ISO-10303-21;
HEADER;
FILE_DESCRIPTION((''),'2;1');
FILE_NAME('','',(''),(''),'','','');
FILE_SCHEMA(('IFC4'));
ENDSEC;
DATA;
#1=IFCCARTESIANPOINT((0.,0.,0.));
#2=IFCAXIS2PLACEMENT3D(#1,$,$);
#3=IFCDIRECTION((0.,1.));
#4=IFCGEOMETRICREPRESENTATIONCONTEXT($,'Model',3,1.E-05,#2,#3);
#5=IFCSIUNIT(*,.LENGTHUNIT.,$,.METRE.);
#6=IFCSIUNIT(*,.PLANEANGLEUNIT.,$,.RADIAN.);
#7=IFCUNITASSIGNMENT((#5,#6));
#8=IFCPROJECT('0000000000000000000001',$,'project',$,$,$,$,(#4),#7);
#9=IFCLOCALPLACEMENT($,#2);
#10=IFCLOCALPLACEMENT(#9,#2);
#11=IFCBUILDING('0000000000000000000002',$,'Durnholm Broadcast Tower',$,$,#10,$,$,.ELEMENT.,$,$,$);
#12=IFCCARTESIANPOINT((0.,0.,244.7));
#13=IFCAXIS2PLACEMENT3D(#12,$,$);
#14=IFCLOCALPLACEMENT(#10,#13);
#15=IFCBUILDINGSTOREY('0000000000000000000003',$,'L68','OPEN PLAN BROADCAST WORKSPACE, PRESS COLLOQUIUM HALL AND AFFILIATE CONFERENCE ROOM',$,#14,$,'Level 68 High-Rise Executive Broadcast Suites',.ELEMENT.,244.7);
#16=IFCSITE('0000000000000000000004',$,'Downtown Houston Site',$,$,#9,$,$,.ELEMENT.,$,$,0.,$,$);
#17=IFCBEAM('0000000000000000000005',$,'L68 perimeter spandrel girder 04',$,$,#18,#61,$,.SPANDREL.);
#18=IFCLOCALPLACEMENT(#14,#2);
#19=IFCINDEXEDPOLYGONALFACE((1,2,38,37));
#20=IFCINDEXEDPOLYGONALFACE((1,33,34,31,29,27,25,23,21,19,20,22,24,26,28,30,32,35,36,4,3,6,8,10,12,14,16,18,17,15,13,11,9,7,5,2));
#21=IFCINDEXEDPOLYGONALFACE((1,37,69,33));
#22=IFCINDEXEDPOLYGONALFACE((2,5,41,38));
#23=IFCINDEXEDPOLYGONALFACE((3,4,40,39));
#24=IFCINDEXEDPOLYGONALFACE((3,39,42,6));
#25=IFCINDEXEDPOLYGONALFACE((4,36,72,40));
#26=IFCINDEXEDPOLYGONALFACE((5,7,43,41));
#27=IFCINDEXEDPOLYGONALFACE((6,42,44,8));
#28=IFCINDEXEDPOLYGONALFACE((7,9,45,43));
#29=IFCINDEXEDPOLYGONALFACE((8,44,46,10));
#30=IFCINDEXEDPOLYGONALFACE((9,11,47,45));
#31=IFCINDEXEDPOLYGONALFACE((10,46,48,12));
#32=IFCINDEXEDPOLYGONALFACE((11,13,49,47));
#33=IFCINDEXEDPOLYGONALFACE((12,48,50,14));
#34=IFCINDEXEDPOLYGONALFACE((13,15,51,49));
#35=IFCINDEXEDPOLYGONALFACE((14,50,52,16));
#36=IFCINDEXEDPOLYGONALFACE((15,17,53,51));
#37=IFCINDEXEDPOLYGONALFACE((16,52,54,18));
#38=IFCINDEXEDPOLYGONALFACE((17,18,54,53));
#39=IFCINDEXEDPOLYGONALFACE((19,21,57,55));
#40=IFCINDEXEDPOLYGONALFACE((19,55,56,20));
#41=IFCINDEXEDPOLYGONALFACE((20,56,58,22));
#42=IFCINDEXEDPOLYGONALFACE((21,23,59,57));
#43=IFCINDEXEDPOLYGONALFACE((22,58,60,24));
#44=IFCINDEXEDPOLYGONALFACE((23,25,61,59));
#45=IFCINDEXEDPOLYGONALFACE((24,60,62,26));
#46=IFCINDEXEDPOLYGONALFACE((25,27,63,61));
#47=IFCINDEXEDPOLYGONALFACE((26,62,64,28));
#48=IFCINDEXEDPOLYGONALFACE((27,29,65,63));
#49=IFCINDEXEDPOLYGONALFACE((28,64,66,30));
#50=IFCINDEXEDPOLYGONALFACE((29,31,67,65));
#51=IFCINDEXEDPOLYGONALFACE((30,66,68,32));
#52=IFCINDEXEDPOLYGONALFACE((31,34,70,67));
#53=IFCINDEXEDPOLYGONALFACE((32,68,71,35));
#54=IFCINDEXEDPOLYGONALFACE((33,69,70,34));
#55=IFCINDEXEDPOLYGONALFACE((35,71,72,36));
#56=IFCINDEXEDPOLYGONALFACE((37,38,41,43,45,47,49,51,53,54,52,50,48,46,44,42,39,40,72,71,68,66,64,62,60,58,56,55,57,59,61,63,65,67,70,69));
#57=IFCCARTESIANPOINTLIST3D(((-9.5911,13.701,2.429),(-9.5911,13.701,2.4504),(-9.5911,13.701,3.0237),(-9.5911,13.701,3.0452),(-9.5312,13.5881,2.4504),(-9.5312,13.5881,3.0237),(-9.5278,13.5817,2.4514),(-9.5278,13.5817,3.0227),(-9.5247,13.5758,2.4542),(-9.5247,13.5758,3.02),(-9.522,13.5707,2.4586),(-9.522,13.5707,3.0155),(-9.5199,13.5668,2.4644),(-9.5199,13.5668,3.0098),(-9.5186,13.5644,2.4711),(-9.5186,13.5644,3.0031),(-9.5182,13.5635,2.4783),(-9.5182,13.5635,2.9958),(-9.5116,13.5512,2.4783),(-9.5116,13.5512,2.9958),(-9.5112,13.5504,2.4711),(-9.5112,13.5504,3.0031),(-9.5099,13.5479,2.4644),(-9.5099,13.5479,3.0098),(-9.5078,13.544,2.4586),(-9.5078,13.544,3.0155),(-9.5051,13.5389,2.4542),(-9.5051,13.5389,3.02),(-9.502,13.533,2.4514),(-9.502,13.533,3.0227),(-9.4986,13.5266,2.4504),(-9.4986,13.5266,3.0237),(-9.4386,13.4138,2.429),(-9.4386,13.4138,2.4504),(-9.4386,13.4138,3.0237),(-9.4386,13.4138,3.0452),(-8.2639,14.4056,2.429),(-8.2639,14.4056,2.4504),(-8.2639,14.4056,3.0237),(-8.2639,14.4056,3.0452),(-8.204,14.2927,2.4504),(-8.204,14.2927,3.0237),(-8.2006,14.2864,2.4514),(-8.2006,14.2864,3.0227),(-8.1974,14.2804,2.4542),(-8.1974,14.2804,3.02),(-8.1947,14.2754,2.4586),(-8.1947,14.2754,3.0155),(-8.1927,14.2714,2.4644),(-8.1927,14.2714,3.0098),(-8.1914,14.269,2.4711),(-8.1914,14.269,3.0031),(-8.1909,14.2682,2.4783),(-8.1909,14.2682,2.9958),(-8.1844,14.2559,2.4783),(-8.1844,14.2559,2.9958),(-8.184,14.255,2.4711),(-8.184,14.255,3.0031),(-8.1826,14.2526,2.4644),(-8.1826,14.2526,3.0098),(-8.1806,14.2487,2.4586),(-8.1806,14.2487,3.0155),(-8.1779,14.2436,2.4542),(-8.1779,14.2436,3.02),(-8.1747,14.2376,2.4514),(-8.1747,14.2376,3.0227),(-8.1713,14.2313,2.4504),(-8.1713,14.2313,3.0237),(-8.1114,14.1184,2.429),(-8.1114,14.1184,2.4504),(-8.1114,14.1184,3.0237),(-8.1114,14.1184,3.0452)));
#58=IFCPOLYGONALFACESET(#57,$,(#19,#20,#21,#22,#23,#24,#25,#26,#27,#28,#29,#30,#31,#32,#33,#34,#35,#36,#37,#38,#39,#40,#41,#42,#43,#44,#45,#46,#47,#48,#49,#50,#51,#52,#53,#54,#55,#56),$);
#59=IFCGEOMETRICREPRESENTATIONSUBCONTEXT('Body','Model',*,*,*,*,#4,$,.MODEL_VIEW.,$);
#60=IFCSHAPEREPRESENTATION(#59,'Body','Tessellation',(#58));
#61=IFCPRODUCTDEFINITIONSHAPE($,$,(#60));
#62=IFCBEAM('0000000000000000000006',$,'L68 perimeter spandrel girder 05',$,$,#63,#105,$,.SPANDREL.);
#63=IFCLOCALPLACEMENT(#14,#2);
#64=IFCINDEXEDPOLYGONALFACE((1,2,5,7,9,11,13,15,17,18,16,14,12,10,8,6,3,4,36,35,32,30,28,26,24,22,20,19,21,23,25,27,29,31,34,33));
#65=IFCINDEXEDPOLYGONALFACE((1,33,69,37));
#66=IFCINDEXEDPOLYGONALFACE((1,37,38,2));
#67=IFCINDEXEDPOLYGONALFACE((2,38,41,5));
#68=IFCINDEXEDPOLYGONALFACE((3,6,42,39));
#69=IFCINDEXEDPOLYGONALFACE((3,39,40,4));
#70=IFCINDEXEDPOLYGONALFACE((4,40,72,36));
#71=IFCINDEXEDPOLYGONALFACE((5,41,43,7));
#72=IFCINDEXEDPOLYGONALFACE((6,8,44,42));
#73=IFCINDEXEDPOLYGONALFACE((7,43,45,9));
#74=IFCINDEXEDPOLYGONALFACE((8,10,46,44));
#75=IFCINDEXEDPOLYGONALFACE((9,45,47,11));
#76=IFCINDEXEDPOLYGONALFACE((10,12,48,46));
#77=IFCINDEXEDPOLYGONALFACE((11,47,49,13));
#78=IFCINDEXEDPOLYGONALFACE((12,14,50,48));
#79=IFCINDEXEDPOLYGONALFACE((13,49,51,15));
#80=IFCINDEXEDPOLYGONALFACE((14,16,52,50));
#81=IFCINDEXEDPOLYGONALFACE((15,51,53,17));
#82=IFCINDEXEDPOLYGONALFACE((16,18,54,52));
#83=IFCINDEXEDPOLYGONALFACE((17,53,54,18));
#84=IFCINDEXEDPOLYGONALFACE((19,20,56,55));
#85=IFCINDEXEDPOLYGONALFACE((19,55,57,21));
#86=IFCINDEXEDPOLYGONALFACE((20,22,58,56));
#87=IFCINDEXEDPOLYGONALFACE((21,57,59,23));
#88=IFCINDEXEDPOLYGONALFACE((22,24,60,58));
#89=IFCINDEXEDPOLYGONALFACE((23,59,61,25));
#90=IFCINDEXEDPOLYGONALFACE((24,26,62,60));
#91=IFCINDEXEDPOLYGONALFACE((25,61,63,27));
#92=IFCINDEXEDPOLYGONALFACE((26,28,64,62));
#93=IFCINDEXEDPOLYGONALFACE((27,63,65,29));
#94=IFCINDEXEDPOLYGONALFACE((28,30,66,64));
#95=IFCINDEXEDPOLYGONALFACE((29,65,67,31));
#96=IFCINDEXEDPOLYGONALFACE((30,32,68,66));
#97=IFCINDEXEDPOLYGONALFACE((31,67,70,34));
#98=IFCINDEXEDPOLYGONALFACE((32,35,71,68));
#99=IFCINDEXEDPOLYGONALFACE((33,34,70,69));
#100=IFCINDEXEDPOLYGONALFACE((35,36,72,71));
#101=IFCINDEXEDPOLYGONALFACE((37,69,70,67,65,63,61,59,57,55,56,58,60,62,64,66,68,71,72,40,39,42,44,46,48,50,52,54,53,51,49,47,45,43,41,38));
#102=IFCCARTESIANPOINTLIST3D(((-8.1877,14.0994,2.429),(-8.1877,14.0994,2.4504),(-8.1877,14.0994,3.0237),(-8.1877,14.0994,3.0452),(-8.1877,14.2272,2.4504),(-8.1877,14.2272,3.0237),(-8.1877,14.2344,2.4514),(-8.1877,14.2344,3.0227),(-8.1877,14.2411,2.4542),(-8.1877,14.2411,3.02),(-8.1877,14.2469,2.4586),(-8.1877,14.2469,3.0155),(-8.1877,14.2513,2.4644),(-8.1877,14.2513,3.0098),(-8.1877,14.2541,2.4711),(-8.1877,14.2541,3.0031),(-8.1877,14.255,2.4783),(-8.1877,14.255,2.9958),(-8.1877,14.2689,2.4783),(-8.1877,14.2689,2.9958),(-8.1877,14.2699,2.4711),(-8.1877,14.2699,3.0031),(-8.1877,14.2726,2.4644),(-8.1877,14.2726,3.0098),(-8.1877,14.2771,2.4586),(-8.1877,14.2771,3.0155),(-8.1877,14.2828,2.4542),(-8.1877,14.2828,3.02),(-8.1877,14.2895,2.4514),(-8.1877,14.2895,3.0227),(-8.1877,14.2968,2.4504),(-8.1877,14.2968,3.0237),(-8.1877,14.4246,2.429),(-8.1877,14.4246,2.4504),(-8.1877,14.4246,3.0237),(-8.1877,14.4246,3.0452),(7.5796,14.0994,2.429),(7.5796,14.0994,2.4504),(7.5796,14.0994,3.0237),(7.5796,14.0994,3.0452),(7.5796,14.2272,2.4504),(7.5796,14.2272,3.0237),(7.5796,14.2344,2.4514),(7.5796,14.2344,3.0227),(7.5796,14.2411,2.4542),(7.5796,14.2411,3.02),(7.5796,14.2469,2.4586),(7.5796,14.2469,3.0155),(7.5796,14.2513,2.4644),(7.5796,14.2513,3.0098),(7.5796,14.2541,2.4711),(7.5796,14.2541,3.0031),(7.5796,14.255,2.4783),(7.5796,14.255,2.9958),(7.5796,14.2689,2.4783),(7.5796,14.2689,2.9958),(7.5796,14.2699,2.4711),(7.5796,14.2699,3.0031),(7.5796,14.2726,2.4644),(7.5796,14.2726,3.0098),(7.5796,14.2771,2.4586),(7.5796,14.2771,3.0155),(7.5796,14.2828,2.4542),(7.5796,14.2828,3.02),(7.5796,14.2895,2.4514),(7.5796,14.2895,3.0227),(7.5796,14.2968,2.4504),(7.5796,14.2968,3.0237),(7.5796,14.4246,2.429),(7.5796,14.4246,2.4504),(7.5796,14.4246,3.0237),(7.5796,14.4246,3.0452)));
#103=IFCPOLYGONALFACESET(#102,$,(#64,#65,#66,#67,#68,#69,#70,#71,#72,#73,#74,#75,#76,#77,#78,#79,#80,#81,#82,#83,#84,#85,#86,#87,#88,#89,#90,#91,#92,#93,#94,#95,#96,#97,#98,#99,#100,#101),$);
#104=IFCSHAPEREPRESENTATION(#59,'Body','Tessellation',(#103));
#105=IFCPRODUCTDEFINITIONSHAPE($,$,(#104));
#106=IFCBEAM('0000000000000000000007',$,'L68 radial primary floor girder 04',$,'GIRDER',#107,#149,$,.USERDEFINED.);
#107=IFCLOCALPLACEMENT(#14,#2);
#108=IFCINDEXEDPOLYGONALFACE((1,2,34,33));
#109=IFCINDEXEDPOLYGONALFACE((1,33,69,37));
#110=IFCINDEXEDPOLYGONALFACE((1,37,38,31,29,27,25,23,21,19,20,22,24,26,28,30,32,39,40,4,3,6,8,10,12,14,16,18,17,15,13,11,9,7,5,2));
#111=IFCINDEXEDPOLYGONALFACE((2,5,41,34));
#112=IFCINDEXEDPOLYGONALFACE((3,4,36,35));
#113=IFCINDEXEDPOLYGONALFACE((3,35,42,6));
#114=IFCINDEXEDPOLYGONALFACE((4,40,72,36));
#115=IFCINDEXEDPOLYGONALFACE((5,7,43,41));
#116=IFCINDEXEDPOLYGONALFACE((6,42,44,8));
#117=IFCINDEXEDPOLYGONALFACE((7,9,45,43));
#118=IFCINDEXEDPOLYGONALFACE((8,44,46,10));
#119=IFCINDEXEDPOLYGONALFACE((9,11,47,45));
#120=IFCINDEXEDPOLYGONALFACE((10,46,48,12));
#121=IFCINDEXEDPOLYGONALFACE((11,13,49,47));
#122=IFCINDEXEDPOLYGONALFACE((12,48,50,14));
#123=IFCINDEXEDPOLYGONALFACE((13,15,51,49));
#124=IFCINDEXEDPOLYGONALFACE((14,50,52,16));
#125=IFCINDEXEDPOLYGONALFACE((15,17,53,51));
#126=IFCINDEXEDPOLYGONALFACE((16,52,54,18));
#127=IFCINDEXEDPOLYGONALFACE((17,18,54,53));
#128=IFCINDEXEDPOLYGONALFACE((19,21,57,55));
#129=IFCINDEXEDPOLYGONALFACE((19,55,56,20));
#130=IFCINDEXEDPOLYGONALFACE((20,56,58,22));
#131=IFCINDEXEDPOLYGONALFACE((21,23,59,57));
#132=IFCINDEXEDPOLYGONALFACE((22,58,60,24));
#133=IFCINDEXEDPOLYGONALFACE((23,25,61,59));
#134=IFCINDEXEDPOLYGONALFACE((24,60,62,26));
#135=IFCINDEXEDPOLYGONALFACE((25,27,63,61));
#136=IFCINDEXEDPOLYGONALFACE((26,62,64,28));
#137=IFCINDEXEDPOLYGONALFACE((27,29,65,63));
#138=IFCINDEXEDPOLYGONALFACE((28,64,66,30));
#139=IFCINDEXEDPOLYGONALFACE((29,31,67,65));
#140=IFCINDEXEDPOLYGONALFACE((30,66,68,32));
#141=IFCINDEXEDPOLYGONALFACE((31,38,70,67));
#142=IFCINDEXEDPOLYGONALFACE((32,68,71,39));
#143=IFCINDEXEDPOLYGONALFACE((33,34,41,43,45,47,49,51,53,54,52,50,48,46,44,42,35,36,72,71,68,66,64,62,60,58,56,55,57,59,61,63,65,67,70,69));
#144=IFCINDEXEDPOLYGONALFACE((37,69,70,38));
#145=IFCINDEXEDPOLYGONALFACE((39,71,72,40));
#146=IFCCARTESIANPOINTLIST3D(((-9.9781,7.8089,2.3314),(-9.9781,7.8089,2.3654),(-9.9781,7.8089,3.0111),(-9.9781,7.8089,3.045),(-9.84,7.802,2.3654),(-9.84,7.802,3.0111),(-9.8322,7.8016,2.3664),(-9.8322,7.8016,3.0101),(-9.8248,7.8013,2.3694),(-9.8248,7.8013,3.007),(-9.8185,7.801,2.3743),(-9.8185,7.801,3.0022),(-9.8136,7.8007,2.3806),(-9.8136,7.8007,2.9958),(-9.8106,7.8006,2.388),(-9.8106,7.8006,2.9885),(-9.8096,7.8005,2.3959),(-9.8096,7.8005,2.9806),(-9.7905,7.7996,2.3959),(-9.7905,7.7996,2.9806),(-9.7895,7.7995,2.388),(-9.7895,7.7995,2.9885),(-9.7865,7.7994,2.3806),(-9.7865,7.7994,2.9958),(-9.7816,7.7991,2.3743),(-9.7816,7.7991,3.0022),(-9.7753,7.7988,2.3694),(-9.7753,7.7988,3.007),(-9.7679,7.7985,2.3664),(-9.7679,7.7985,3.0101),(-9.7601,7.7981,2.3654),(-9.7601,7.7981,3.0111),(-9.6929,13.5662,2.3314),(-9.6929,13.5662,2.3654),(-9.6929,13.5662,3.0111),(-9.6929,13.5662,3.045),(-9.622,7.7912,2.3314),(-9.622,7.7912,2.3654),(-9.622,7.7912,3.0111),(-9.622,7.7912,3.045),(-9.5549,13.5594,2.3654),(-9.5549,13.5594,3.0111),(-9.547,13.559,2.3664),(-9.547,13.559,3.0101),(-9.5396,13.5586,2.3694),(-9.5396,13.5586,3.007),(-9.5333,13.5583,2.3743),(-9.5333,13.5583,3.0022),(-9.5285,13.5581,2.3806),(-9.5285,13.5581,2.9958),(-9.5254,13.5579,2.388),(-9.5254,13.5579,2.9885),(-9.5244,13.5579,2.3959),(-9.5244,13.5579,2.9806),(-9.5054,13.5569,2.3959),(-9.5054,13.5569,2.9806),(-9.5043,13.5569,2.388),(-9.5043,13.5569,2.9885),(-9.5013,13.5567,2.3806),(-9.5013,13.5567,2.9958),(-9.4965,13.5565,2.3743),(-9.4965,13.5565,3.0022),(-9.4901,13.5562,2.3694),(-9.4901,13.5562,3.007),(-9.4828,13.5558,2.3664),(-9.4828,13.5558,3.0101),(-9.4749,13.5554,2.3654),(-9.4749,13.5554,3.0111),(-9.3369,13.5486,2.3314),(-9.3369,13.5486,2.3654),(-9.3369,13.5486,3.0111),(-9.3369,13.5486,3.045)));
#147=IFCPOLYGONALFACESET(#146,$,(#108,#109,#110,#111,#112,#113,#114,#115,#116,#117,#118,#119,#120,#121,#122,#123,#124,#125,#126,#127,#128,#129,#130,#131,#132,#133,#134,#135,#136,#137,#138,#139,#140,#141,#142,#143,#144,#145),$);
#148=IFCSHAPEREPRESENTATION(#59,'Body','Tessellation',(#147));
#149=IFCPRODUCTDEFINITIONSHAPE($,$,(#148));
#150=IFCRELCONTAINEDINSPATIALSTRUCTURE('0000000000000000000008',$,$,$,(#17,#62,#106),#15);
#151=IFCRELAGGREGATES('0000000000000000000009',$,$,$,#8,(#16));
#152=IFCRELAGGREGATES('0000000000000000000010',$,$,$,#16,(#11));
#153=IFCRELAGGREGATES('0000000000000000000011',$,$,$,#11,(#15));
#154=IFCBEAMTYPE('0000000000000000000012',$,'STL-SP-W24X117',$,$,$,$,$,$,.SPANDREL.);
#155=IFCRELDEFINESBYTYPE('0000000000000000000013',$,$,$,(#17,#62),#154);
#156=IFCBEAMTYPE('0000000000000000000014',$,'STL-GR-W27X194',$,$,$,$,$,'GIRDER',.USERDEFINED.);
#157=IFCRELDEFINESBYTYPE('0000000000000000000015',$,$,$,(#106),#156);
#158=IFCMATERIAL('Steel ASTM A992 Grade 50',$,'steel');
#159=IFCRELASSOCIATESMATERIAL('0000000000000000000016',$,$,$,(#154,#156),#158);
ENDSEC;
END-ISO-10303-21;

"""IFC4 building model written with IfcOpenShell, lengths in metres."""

from ifc_helpers import new_model, si_unit, direction, frame, origin, origin_2d, place, context, subcontext, project, spatial, i_section, extrude, source, transform, mapped, material, material_profile, profile_set, type_object, type_shapes, element, save


model = new_model("IFC4")

# Units and contexts
model_context = context("Model", 3, precision=1e-05, world=origin(), true_north=direction((0.0, 1.0)))
body_context = subcontext(model_context, "Body", "Model", "MODEL_VIEW")
ifc_project = project(units=[si_unit("LENGTHUNIT", "METRE"), si_unit("PLANEANGLEUNIT", "RADIAN")], contexts=[model_context])

# Site, building, storey
site_placement = place(None, origin())
site = spatial("IfcSite", under=ifc_project, at=site_placement, Name="Downtown Houston Site", CompositionType="ELEMENT", RefElevation=0.0)
building_placement = place(site_placement, origin())
building = spatial("IfcBuilding", under=site, at=building_placement, Name="Durnholm Broadcast Tower", CompositionType="ELEMENT")
storey_placement = place(building_placement, frame((0.0, 0.0, 244.7)))
storey = spatial("IfcBuildingStorey", under=building, at=storey_placement, Name="L68", Description="OPEN PLAN BROADCAST WORKSPACE, PRESS COLLOQUIUM HALL AND AFFILIATE CONFERENCE ROOM", LongName="Level 68 High-Rise Executive Broadcast Suites", CompositionType="ELEMENT", Elevation=244.7)

# Beams
ifc_material_1 = material(Name="Steel ASTM A992 Grade 50", Category="steel")
ifc_material_profile_1 = material_profile(ifc_material_1, i_section(OverallWidth=0.3252, OverallDepth=0.6162, WebThickness=0.0139, FlangeThickness=0.0215, FilletRadius=0.0278, at=origin_2d()), Name="W24X117")
ifc_profile_set_1 = profile_set([ifc_material_profile_1], Name="Steel ASTM A992 Grade 50")
beam_type_1 = type_object("IfcBeamType", Name="STL-SP-W24X117", PredefinedType="SPANDREL", material=ifc_profile_set_1)
shared_shape_1 = source(origin(), body_context, "Body", "SweptSolid", [
    extrude(i_section(OverallWidth=0.3252, OverallDepth=0.6162, WebThickness=0.0139, FlangeThickness=0.0215, FilletRadius=0.0278, at=origin_2d()), origin(), (0.0, 0.0, 1.0), 1.5027),
])
beam_1_placement = place(storey_placement, frame((-9.5149, 13.5574, 2.7371), z_axis=(0.883242, 0.468918, 0.0), x_axis=(-0.468918, 0.883242, 0.0)))
element("IfcBeam", 1, at=beam_1_placement, inside=storey, type_object=beam_type_1, Name="L68 perimeter spandrel girder 04", PredefinedType="SPANDREL", context=body_context, shape_type="MappedRepresentation", body=[
    mapped(shared_shape_1, transform((0.0, 0.0, 0.0), x_axis=(1.0, 0.0, 0.0), y_axis=(0.0, 1.0, 0.0), z_axis=(0.0, 0.0, 1.0), scale=1.0)),
])
shared_shape_2 = source(origin(), body_context, "Body", "SweptSolid", [
    extrude(i_section(OverallWidth=0.3252, OverallDepth=0.6162, WebThickness=0.0139, FlangeThickness=0.0215, FilletRadius=0.0278, at=origin_2d()), origin(), (0.0, 0.0, 1.0), 15.7673),
])
type_shapes(beam_type_1, [shared_shape_1, shared_shape_2])
beam_2_placement = place(storey_placement, frame((-8.1877, 14.262, 2.7371), z_axis=(1.0, 0.0, 0.0), x_axis=(0.0, 1.0, 0.0)))
element("IfcBeam", 2, at=beam_2_placement, inside=storey, type_object=beam_type_1, Name="L68 perimeter spandrel girder 05", PredefinedType="SPANDREL", context=body_context, shape_type="MappedRepresentation", body=[
    mapped(shared_shape_2, transform((0.0, 0.0, 0.0), x_axis=(1.0, 0.0, 0.0), y_axis=(0.0, 1.0, 0.0), z_axis=(0.0, 0.0, 1.0), scale=1.0)),
])
ifc_material_profile_2 = material_profile(ifc_material_1, i_section(OverallWidth=0.3564, OverallDepth=0.7136, WebThickness=0.019, FlangeThickness=0.0339, FilletRadius=0.0305, at=origin_2d()), Name="W27X194")
ifc_profile_set_2 = profile_set([ifc_material_profile_2], Name="Steel ASTM A992 Grade 50")
beam_type_2 = type_object("IfcBeamType", Name="STL-GR-W27X194", ElementType="GIRDER", PredefinedType="USERDEFINED", material=ifc_profile_set_2)
shared_shape_3 = source(origin(), body_context, "Body", "SweptSolid", [
    extrude(i_section(OverallWidth=0.3564, OverallDepth=0.7136, WebThickness=0.019, FlangeThickness=0.0339, FilletRadius=0.0305, at=origin_2d()), origin(), (0.0, 0.0, 1.0), 5.7644),
])
beam_3_placement = place(storey_placement, frame((-9.8, 7.8, 2.6882), z_axis=(0.049469, 0.998776, 0.0), x_axis=(-0.998776, 0.049469, 0.0)))
element("IfcBeam", 3, at=beam_3_placement, inside=storey, type_object=beam_type_2, Name="L68 radial primary floor girder 04", ObjectType="GIRDER", PredefinedType="USERDEFINED", context=body_context, shape_type="MappedRepresentation", body=[
    mapped(shared_shape_3, transform((0.0, 0.0, 0.0), x_axis=(1.0, 0.0, 0.0), y_axis=(0.0, 1.0, 0.0), z_axis=(0.0, 0.0, 1.0), scale=1.0)),
])

save(model, "model.ifc")
